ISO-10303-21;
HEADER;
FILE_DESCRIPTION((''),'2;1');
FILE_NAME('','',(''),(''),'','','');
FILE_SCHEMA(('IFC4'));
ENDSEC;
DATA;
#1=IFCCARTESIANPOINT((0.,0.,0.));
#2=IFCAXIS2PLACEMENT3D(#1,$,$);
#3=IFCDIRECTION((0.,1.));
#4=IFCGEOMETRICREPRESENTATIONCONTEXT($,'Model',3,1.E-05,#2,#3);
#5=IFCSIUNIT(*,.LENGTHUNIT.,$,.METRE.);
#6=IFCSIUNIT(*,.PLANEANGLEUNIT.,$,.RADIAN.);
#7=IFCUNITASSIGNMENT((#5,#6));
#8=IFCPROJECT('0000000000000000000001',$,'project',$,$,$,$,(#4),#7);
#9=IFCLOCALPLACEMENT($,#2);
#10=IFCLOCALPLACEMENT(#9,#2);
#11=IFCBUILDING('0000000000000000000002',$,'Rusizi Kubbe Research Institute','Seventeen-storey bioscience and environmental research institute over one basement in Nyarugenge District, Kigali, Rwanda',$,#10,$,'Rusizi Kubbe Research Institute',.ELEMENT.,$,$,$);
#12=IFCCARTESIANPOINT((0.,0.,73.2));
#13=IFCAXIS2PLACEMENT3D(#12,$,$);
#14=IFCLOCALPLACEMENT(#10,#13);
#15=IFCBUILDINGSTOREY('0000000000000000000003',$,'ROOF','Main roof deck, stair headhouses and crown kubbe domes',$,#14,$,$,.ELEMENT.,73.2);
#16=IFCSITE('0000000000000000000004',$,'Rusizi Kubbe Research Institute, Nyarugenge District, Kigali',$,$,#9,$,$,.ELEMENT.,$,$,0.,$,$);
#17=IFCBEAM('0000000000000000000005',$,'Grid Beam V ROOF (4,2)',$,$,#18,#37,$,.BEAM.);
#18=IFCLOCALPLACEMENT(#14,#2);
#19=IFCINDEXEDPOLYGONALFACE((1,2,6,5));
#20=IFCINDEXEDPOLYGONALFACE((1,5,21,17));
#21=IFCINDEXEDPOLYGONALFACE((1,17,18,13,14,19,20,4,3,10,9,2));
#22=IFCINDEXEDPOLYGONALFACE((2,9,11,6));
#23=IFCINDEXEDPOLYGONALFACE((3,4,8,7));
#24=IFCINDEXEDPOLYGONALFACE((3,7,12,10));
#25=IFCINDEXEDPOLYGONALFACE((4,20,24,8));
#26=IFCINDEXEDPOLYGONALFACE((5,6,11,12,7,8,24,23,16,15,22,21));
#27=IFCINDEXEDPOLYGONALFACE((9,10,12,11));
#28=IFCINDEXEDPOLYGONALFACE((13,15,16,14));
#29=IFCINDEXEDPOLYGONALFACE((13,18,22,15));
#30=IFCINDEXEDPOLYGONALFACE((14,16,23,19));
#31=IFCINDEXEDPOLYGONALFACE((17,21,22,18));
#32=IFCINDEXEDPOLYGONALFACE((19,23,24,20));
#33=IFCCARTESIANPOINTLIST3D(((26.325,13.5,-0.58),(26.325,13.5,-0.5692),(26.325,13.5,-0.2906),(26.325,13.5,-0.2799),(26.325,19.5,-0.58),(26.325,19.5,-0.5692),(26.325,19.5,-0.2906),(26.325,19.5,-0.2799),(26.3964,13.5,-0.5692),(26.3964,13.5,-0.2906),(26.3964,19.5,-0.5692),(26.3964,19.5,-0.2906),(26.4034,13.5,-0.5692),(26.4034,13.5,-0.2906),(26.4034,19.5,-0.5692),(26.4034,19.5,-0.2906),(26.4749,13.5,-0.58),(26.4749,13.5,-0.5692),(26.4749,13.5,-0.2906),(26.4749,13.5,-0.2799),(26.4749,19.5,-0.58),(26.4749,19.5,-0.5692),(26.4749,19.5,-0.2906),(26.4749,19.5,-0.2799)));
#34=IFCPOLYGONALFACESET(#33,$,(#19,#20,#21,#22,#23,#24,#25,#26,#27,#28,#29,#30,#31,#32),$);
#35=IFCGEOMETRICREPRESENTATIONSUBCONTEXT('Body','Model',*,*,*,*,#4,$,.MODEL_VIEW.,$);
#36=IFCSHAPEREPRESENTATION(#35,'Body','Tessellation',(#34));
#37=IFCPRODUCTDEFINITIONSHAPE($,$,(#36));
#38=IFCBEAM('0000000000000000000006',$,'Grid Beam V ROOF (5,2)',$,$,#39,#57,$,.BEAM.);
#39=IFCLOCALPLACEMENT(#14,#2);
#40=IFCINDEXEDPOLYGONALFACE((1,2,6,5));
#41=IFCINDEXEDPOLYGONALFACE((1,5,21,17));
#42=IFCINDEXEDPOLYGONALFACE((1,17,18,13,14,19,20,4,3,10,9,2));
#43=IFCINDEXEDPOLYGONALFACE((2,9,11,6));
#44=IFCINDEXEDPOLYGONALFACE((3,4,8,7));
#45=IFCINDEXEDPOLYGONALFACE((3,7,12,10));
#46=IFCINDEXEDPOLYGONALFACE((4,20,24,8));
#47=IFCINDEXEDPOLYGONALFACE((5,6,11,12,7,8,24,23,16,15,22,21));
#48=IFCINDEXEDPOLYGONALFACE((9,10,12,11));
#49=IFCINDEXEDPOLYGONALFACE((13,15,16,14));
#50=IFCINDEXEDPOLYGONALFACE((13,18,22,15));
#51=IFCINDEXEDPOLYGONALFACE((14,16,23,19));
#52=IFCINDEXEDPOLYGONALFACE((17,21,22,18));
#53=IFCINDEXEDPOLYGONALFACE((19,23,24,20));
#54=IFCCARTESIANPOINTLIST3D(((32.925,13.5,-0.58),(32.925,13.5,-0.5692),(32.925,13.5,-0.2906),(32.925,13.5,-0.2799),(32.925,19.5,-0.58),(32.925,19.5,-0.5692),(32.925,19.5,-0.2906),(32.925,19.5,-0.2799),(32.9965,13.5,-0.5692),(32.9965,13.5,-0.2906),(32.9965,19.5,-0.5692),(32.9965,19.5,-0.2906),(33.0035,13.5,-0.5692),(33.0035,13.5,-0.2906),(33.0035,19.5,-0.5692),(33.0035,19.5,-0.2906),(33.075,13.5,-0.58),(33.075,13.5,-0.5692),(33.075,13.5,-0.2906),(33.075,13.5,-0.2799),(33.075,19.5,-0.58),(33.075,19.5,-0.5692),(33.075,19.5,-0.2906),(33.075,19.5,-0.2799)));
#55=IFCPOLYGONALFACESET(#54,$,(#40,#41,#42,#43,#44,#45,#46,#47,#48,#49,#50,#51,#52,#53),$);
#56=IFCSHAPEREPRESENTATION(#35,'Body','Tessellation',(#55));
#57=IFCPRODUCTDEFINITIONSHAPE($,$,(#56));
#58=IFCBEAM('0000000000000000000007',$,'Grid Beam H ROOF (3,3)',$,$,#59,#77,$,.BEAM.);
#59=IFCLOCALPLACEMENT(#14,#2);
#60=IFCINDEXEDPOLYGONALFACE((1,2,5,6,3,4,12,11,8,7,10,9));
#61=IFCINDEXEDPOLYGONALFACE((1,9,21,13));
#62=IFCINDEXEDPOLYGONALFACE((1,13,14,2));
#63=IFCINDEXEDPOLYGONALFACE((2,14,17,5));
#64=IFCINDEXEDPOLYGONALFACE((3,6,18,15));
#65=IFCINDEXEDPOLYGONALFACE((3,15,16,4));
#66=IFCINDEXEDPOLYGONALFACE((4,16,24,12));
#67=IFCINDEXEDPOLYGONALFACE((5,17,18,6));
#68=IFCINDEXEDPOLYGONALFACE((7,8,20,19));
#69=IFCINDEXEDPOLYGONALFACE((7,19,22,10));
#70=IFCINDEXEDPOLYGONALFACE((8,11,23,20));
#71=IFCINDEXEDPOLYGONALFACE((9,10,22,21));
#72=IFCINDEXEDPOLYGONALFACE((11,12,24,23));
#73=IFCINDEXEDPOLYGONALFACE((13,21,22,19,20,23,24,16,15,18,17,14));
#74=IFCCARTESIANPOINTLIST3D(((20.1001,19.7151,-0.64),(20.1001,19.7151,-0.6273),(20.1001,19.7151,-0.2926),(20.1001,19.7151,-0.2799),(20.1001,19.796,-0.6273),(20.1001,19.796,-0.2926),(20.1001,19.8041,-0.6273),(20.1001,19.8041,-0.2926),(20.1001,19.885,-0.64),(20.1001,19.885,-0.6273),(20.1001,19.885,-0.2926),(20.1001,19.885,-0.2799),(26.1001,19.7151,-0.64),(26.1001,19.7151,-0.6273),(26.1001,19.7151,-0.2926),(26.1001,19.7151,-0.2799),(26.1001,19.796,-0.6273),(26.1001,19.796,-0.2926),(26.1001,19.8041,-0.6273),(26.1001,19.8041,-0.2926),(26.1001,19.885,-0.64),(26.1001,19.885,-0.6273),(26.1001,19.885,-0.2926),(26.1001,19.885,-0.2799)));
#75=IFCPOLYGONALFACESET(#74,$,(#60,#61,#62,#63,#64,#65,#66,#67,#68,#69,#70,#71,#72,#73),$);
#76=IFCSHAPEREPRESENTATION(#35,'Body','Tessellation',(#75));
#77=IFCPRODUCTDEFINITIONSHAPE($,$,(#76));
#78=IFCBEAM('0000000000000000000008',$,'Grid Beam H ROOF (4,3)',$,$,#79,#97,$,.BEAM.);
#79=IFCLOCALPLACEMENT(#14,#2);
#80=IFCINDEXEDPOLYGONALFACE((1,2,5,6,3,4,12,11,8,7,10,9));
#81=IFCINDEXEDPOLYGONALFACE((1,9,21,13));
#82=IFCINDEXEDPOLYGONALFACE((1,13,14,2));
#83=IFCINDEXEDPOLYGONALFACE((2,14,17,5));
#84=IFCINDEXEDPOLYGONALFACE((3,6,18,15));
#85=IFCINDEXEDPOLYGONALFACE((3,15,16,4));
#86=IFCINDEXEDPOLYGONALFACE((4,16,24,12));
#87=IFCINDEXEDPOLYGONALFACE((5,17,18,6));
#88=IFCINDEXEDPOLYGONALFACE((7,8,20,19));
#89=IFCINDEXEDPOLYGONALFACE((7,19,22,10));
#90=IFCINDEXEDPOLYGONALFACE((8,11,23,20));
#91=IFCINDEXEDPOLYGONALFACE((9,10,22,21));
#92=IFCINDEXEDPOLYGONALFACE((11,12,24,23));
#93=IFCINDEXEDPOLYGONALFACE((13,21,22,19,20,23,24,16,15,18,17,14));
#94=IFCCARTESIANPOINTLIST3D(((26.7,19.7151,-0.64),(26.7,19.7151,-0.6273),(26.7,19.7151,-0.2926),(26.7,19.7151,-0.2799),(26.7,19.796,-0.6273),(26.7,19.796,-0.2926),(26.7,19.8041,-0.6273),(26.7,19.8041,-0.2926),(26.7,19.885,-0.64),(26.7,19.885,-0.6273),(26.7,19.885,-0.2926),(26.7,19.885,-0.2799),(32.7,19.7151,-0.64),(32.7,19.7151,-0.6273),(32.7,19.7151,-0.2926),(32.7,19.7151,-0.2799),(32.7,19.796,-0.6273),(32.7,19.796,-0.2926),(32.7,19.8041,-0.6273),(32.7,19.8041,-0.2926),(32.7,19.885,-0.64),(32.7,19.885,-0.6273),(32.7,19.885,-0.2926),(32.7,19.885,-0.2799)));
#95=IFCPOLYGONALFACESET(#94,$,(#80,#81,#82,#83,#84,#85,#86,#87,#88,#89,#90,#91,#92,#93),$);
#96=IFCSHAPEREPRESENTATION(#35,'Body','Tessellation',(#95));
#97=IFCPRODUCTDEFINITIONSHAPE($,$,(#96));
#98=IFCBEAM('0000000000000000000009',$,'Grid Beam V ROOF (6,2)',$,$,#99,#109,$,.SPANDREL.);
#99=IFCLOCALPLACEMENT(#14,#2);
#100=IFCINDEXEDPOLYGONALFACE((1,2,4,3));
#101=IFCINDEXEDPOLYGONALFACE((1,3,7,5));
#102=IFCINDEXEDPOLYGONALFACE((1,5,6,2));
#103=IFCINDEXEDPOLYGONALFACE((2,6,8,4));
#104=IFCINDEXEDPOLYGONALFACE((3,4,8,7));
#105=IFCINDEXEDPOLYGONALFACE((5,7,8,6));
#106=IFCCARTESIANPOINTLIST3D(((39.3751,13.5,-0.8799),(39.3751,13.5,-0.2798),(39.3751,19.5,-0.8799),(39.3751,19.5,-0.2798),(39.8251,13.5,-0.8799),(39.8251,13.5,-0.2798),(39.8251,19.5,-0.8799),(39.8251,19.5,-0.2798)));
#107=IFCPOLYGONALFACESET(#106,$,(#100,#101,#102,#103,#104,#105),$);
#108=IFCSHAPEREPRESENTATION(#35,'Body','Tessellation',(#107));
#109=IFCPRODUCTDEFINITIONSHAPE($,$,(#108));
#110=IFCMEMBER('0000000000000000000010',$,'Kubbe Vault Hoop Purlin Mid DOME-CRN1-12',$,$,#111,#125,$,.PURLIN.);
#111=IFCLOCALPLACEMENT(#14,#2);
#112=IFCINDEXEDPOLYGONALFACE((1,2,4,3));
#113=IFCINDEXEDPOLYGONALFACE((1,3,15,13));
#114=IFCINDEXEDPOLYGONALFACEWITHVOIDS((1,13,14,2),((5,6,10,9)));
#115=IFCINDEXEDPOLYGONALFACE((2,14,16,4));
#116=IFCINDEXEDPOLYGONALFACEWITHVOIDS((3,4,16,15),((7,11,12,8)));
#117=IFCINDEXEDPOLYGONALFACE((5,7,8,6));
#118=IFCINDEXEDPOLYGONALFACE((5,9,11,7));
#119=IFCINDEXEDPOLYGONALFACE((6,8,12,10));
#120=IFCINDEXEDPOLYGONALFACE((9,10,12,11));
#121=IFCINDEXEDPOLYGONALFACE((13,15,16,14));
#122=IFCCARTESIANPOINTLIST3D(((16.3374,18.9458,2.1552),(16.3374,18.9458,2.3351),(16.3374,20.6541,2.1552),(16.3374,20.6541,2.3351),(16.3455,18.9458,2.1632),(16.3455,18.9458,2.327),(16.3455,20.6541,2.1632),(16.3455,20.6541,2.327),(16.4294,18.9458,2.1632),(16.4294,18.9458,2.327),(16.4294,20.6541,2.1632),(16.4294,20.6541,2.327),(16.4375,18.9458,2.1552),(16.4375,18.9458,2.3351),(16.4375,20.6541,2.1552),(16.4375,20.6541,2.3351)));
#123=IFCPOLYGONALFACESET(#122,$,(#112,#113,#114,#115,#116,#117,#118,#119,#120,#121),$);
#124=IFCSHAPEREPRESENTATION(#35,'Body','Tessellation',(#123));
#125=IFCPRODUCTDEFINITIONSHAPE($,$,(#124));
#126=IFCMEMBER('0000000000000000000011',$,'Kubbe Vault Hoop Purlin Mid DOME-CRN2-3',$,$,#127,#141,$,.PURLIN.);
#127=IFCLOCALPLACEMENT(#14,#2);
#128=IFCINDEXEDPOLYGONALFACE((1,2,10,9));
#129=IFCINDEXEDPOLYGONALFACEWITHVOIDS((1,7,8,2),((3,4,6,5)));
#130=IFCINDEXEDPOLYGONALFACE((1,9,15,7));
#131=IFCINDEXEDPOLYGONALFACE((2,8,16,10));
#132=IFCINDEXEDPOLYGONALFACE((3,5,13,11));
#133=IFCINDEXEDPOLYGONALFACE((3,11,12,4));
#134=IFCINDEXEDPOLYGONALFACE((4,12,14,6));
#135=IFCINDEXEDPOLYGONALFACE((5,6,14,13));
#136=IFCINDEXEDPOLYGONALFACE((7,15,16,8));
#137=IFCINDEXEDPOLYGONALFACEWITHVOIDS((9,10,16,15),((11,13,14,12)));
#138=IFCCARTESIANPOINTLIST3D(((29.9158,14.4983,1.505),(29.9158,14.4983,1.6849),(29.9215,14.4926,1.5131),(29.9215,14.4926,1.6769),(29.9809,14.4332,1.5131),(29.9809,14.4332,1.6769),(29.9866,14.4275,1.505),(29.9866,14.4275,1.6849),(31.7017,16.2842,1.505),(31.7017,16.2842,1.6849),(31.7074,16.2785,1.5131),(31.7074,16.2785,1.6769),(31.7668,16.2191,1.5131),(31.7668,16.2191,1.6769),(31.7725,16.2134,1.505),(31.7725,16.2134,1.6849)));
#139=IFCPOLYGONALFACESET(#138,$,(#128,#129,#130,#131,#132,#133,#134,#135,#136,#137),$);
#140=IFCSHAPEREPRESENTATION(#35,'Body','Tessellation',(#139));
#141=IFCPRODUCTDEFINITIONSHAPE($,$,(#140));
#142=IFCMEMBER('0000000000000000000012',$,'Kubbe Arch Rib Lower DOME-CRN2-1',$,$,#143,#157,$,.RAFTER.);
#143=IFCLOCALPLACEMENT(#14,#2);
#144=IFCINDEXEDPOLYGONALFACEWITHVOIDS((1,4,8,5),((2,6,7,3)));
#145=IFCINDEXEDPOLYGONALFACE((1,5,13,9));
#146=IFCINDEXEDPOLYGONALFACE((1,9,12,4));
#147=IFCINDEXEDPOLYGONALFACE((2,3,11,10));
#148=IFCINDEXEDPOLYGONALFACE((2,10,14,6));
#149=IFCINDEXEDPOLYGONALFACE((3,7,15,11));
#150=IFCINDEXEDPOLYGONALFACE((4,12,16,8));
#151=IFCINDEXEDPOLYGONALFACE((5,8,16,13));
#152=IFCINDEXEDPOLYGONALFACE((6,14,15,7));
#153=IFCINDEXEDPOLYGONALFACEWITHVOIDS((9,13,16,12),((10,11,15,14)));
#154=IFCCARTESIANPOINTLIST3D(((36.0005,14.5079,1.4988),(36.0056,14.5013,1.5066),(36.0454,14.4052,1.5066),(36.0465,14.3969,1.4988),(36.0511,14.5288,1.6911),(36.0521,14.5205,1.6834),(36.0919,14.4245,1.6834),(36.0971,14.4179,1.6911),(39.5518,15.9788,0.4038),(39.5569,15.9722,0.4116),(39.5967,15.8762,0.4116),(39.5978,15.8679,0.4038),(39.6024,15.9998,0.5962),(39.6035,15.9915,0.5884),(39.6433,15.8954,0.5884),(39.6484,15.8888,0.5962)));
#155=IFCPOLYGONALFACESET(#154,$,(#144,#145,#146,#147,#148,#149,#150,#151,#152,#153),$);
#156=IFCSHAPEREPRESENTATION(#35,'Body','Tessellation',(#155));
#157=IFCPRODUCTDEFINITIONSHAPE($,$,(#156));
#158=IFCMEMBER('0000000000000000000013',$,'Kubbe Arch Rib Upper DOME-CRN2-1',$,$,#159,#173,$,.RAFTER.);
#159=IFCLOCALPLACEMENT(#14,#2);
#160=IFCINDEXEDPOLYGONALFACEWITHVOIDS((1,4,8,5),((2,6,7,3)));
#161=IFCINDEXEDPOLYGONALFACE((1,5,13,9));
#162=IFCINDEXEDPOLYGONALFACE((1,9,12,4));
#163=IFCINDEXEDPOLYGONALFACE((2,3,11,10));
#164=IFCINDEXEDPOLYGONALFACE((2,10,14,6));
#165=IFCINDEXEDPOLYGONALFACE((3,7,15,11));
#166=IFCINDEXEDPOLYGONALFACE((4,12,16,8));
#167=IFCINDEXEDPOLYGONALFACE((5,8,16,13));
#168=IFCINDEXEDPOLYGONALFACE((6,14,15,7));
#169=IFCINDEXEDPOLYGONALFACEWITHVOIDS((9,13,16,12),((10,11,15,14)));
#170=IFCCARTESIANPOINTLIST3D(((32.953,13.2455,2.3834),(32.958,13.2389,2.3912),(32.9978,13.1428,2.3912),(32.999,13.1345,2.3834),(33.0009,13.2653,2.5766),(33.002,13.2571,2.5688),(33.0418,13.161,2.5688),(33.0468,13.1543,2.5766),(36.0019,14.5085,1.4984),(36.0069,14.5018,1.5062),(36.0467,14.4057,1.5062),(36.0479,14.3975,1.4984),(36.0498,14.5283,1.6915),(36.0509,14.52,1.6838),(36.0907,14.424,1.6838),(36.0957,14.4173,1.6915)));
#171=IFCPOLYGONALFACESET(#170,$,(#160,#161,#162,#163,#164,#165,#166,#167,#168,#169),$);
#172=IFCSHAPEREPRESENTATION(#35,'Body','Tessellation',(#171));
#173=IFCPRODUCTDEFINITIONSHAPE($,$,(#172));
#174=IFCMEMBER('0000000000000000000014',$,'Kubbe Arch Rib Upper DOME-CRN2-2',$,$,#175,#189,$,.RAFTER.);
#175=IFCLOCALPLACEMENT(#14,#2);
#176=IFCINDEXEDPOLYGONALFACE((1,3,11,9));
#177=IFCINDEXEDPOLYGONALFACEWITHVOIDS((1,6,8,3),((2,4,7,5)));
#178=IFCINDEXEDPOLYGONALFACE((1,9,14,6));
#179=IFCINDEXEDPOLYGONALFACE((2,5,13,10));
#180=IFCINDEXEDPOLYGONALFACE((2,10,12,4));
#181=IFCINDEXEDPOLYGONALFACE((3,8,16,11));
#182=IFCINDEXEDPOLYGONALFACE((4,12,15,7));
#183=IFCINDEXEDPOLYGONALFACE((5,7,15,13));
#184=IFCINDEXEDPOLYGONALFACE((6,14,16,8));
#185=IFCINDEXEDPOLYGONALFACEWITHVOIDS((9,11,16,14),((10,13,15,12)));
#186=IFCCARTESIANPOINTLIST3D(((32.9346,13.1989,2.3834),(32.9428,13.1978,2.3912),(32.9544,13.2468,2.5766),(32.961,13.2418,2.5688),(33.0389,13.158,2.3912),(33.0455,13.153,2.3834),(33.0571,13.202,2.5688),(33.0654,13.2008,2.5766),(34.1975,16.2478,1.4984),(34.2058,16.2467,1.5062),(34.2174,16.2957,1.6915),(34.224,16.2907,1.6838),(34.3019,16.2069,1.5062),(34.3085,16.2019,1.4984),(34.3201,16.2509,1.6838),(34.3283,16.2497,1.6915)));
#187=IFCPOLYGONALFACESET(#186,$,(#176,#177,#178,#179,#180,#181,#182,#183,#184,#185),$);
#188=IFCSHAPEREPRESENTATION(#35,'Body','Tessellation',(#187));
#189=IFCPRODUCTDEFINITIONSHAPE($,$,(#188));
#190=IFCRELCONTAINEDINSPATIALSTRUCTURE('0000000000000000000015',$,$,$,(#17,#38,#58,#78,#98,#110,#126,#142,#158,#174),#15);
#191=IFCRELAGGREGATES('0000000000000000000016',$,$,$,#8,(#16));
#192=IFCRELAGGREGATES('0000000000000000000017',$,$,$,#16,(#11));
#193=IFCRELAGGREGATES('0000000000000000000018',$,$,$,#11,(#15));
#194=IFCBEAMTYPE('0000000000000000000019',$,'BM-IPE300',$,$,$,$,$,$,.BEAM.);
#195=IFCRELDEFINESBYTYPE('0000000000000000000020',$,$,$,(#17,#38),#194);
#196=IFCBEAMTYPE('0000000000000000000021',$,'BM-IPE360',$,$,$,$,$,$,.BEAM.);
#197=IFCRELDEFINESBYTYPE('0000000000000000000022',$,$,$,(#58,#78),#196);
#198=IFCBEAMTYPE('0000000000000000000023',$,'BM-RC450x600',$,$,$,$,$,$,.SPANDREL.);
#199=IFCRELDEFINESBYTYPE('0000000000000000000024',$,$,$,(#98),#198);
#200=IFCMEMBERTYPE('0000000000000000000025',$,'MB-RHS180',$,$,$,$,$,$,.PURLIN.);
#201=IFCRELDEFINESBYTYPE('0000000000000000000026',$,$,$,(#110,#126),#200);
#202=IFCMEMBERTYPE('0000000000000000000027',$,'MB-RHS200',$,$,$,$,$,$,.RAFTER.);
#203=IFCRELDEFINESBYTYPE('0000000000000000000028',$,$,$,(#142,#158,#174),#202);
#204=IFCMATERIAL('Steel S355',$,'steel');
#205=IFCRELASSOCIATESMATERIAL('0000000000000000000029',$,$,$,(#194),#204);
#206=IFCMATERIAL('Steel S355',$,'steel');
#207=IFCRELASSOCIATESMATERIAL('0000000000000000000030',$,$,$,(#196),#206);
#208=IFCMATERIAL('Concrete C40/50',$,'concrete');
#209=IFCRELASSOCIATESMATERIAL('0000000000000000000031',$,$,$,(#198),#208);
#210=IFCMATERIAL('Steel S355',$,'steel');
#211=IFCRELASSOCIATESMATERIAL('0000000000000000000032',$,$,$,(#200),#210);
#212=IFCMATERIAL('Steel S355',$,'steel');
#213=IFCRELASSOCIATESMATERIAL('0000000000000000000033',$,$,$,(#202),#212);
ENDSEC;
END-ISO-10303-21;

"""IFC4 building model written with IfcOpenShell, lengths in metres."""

from ifc_helpers import new_model, si_unit, direction, frame, origin, origin_2d, place, context, subcontext, project, spatial, rectangle, hollow_rectangle, i_section, extrude, material, material_profile, profile_set, type_object, element, save


model = new_model("IFC4")

# Units and contexts
model_context = context("Model", 3, precision=1e-05, world=origin(), true_north=direction((0.0, 1.0)))
body_context = subcontext(model_context, "Body", "Model", "MODEL_VIEW")
ifc_project = project(units=[si_unit("LENGTHUNIT", "METRE"), si_unit("PLANEANGLEUNIT", "RADIAN")], contexts=[model_context])

# Site, building, storey
site_placement = place(None, origin())
site = spatial("IfcSite", under=ifc_project, at=site_placement, Name="Rusizi Kubbe Research Institute, Nyarugenge District, Kigali", CompositionType="ELEMENT", RefElevation=0.0)
building_placement = place(site_placement, origin())
building = spatial("IfcBuilding", under=site, at=building_placement, Name="Rusizi Kubbe Research Institute", Description="Seventeen-storey bioscience and environmental research institute over one basement in Nyarugenge District, Kigali, Rwanda", LongName="Rusizi Kubbe Research Institute", CompositionType="ELEMENT")
storey_placement = place(building_placement, frame((0.0, 0.0, 73.2)))
storey = spatial("IfcBuildingStorey", under=building, at=storey_placement, Name="ROOF", Description="Main roof deck, stair headhouses and crown kubbe domes", CompositionType="ELEMENT", Elevation=73.2)

# Beams
ifc_material_1 = material(Name="Steel S355", Category="steel")
ifc_material_profile_1 = material_profile(ifc_material_1, i_section(OverallWidth=0.1499, OverallDepth=0.3, WebThickness=0.0071, FlangeThickness=0.0107, at=origin_2d()), Name="IPE 300")
ifc_profile_set_1 = profile_set([ifc_material_profile_1], Name="Steel S355")
beam_type_1 = type_object("IfcBeamType", Name="BM-IPE300", PredefinedType="BEAM", material=ifc_profile_set_1)
for number, where, z_axis, x_axis, name in (
    (1, (26.3999, 13.5, -0.4299), (0.0, 1.0, 0.0), (-1.0, 0.0, 0.0), "Grid Beam V ROOF (4,2)"),
    (2, (33.0, 13.5, -0.4299), (0.0, 1.0, 0.0), (-1.0, 0.0, 0.0), "Grid Beam V ROOF (5,2)"),
):
    element("IfcBeam", number, at=place(storey_placement, frame(where, z_axis=z_axis, x_axis=x_axis)), inside=storey, type_object=beam_type_1, Name=name, PredefinedType="BEAM", context=body_context, shape_type="SweptSolid", body=[
        extrude(i_section(OverallWidth=0.1499, OverallDepth=0.3, WebThickness=0.0071, FlangeThickness=0.0107, at=origin_2d()), origin(), (0.0, 0.0, 1.0), 6.0),
    ])
ifc_material_2 = material(Name="Steel S355", Category="steel")
ifc_material_profile_2 = material_profile(ifc_material_2, i_section(OverallWidth=0.1699, OverallDepth=0.3601, WebThickness=0.0081, FlangeThickness=0.0127, at=origin_2d()), Name="IPE 360")
ifc_profile_set_2 = profile_set([ifc_material_profile_2], Name="Steel S355")
beam_type_2 = type_object("IfcBeamType", Name="BM-IPE360", PredefinedType="BEAM", material=ifc_profile_set_2)
for number, where, z_axis, x_axis, name in (
    (3, (20.1001, 19.8, -0.46), (1.0, 0.0, 0.0), (0.0, 1.0, 0.0), "Grid Beam H ROOF (3,3)"),
    (4, (26.7, 19.8, -0.46), (1.0, 0.0, 0.0), (0.0, 1.0, 0.0), "Grid Beam H ROOF (4,3)"),
):
    element("IfcBeam", number, at=place(storey_placement, frame(where, z_axis=z_axis, x_axis=x_axis)), inside=storey, type_object=beam_type_2, Name=name, PredefinedType="BEAM", context=body_context, shape_type="SweptSolid", body=[
        extrude(i_section(OverallWidth=0.1699, OverallDepth=0.3601, WebThickness=0.0081, FlangeThickness=0.0127, at=origin_2d()), origin(), (0.0, 0.0, 1.0), 6.0),
    ])
ifc_material_3 = material(Name="Concrete C40/50", Category="concrete")
ifc_material_profile_3 = material_profile(ifc_material_3, rectangle(XDim=0.45, YDim=0.6001, at=origin_2d()), Name="RC450x600")
ifc_profile_set_3 = profile_set([ifc_material_profile_3], Name="Concrete C40/50")
beam_type_3 = type_object("IfcBeamType", Name="BM-RC450x600", PredefinedType="SPANDREL", material=ifc_profile_set_3)
beam_1_placement = place(storey_placement, frame((39.6001, 13.5, -0.5798), z_axis=(0.0, 1.0, 0.0), x_axis=(-1.0, 0.0, 0.0)))
element("IfcBeam", 5, at=beam_1_placement, inside=storey, type_object=beam_type_3, Name="Grid Beam V ROOF (6,2)", PredefinedType="SPANDREL", context=body_context, shape_type="SweptSolid", body=[
    extrude(rectangle(XDim=0.45, YDim=0.6001, at=origin_2d()), origin(), (0.0, 0.0, 1.0), 6.0),
])

# Members
ifc_material_4 = material(Name="Steel S355", Category="steel")
ifc_material_profile_4 = material_profile(ifc_material_4, hollow_rectangle(XDim=0.1001, YDim=0.1799, WallThickness=0.0081, at=origin_2d()), Name="RHS 180x100x8.0")
ifc_profile_set_4 = profile_set([ifc_material_profile_4], Name="Steel S355")
member_type_1 = type_object("IfcMemberType", Name="MB-RHS180", PredefinedType="PURLIN", material=ifc_profile_set_4)
member_1_placement = place(storey_placement, frame((16.3875, 18.9458, 2.2451), z_axis=(0.0, 1.0, 0.0), x_axis=(-1.0, 0.0, 0.0)))
element("IfcMember", 6, at=member_1_placement, inside=storey, type_object=member_type_1, Name="Kubbe Vault Hoop Purlin Mid DOME-CRN1-12", PredefinedType="PURLIN", context=body_context, shape_type="SweptSolid", body=[
    extrude(hollow_rectangle(XDim=0.1001, YDim=0.1799, WallThickness=0.0081, at=origin_2d()), origin(), (0.0, 0.0, 1.0), 1.7083),
])
member_2_placement = place(storey_placement, frame((31.7371, 16.2488, 1.595), z_axis=(-0.707107, -0.707107, 0.0), x_axis=(0.707107, -0.707107, 0.0)))
element("IfcMember", 7, at=member_2_placement, inside=storey, type_object=member_type_1, Name="Kubbe Vault Hoop Purlin Mid DOME-CRN2-3", PredefinedType="PURLIN", context=body_context, shape_type="SweptSolid", body=[
    extrude(hollow_rectangle(XDim=0.1001, YDim=0.1799, WallThickness=0.0081, at=origin_2d()), origin(), (0.0, 0.0, 1.0), 2.5256),
])
ifc_material_5 = material(Name="Steel S355", Category="steel")
ifc_material_profile_5 = material_profile(ifc_material_5, hollow_rectangle(XDim=0.1201, YDim=0.2, WallThickness=0.0081, at=origin_2d()), Name="RHS 200x120x8.0")
ifc_profile_set_5 = profile_set([ifc_material_profile_5], Name="Steel S355")
member_type_2 = type_object("IfcMemberType", Name="MB-RHS200", PredefinedType="RAFTER", material=ifc_profile_set_5)
member_3_placement = place(storey_placement, frame((39.6001, 15.9338, 0.5), z_axis=(-0.888535, -0.368034, 0.273964), x_axis=(0.382675, -0.923883, 0.0)))
element("IfcMember", 8, at=member_3_placement, inside=storey, type_object=member_type_2, Name="Kubbe Arch Rib Lower DOME-CRN2-1", PredefinedType="RAFTER", context=body_context, shape_type="SweptSolid", body=[
    extrude(hollow_rectangle(XDim=0.1201, YDim=0.2, WallThickness=0.0081, at=origin_2d()), origin(), (0.0, 0.0, 1.0), 3.9968),
])
for number, where, z_axis, x_axis, name in (
    (9, (36.0488, 14.4629, 1.595), (-0.89234, -0.369641, 0.259027), (0.382702, -0.923872, 0.0), "Kubbe Arch Rib Upper DOME-CRN2-1"),
    (10, (34.2629, 16.2488, 1.595), (-0.369641, -0.89234, 0.259027), (0.923872, -0.382702, 0.0), "Kubbe Arch Rib Upper DOME-CRN2-2"),
):
    element("IfcMember", number, at=place(storey_placement, frame(where, z_axis=z_axis, x_axis=x_axis)), inside=storey, type_object=member_type_2, Name=name, PredefinedType="RAFTER", context=body_context, shape_type="SweptSolid", body=[
        extrude(hollow_rectangle(XDim=0.1201, YDim=0.2, WallThickness=0.0081, at=origin_2d()), origin(), (0.0, 0.0, 1.0), 3.4167),
    ])

save(model, "model.ifc")
